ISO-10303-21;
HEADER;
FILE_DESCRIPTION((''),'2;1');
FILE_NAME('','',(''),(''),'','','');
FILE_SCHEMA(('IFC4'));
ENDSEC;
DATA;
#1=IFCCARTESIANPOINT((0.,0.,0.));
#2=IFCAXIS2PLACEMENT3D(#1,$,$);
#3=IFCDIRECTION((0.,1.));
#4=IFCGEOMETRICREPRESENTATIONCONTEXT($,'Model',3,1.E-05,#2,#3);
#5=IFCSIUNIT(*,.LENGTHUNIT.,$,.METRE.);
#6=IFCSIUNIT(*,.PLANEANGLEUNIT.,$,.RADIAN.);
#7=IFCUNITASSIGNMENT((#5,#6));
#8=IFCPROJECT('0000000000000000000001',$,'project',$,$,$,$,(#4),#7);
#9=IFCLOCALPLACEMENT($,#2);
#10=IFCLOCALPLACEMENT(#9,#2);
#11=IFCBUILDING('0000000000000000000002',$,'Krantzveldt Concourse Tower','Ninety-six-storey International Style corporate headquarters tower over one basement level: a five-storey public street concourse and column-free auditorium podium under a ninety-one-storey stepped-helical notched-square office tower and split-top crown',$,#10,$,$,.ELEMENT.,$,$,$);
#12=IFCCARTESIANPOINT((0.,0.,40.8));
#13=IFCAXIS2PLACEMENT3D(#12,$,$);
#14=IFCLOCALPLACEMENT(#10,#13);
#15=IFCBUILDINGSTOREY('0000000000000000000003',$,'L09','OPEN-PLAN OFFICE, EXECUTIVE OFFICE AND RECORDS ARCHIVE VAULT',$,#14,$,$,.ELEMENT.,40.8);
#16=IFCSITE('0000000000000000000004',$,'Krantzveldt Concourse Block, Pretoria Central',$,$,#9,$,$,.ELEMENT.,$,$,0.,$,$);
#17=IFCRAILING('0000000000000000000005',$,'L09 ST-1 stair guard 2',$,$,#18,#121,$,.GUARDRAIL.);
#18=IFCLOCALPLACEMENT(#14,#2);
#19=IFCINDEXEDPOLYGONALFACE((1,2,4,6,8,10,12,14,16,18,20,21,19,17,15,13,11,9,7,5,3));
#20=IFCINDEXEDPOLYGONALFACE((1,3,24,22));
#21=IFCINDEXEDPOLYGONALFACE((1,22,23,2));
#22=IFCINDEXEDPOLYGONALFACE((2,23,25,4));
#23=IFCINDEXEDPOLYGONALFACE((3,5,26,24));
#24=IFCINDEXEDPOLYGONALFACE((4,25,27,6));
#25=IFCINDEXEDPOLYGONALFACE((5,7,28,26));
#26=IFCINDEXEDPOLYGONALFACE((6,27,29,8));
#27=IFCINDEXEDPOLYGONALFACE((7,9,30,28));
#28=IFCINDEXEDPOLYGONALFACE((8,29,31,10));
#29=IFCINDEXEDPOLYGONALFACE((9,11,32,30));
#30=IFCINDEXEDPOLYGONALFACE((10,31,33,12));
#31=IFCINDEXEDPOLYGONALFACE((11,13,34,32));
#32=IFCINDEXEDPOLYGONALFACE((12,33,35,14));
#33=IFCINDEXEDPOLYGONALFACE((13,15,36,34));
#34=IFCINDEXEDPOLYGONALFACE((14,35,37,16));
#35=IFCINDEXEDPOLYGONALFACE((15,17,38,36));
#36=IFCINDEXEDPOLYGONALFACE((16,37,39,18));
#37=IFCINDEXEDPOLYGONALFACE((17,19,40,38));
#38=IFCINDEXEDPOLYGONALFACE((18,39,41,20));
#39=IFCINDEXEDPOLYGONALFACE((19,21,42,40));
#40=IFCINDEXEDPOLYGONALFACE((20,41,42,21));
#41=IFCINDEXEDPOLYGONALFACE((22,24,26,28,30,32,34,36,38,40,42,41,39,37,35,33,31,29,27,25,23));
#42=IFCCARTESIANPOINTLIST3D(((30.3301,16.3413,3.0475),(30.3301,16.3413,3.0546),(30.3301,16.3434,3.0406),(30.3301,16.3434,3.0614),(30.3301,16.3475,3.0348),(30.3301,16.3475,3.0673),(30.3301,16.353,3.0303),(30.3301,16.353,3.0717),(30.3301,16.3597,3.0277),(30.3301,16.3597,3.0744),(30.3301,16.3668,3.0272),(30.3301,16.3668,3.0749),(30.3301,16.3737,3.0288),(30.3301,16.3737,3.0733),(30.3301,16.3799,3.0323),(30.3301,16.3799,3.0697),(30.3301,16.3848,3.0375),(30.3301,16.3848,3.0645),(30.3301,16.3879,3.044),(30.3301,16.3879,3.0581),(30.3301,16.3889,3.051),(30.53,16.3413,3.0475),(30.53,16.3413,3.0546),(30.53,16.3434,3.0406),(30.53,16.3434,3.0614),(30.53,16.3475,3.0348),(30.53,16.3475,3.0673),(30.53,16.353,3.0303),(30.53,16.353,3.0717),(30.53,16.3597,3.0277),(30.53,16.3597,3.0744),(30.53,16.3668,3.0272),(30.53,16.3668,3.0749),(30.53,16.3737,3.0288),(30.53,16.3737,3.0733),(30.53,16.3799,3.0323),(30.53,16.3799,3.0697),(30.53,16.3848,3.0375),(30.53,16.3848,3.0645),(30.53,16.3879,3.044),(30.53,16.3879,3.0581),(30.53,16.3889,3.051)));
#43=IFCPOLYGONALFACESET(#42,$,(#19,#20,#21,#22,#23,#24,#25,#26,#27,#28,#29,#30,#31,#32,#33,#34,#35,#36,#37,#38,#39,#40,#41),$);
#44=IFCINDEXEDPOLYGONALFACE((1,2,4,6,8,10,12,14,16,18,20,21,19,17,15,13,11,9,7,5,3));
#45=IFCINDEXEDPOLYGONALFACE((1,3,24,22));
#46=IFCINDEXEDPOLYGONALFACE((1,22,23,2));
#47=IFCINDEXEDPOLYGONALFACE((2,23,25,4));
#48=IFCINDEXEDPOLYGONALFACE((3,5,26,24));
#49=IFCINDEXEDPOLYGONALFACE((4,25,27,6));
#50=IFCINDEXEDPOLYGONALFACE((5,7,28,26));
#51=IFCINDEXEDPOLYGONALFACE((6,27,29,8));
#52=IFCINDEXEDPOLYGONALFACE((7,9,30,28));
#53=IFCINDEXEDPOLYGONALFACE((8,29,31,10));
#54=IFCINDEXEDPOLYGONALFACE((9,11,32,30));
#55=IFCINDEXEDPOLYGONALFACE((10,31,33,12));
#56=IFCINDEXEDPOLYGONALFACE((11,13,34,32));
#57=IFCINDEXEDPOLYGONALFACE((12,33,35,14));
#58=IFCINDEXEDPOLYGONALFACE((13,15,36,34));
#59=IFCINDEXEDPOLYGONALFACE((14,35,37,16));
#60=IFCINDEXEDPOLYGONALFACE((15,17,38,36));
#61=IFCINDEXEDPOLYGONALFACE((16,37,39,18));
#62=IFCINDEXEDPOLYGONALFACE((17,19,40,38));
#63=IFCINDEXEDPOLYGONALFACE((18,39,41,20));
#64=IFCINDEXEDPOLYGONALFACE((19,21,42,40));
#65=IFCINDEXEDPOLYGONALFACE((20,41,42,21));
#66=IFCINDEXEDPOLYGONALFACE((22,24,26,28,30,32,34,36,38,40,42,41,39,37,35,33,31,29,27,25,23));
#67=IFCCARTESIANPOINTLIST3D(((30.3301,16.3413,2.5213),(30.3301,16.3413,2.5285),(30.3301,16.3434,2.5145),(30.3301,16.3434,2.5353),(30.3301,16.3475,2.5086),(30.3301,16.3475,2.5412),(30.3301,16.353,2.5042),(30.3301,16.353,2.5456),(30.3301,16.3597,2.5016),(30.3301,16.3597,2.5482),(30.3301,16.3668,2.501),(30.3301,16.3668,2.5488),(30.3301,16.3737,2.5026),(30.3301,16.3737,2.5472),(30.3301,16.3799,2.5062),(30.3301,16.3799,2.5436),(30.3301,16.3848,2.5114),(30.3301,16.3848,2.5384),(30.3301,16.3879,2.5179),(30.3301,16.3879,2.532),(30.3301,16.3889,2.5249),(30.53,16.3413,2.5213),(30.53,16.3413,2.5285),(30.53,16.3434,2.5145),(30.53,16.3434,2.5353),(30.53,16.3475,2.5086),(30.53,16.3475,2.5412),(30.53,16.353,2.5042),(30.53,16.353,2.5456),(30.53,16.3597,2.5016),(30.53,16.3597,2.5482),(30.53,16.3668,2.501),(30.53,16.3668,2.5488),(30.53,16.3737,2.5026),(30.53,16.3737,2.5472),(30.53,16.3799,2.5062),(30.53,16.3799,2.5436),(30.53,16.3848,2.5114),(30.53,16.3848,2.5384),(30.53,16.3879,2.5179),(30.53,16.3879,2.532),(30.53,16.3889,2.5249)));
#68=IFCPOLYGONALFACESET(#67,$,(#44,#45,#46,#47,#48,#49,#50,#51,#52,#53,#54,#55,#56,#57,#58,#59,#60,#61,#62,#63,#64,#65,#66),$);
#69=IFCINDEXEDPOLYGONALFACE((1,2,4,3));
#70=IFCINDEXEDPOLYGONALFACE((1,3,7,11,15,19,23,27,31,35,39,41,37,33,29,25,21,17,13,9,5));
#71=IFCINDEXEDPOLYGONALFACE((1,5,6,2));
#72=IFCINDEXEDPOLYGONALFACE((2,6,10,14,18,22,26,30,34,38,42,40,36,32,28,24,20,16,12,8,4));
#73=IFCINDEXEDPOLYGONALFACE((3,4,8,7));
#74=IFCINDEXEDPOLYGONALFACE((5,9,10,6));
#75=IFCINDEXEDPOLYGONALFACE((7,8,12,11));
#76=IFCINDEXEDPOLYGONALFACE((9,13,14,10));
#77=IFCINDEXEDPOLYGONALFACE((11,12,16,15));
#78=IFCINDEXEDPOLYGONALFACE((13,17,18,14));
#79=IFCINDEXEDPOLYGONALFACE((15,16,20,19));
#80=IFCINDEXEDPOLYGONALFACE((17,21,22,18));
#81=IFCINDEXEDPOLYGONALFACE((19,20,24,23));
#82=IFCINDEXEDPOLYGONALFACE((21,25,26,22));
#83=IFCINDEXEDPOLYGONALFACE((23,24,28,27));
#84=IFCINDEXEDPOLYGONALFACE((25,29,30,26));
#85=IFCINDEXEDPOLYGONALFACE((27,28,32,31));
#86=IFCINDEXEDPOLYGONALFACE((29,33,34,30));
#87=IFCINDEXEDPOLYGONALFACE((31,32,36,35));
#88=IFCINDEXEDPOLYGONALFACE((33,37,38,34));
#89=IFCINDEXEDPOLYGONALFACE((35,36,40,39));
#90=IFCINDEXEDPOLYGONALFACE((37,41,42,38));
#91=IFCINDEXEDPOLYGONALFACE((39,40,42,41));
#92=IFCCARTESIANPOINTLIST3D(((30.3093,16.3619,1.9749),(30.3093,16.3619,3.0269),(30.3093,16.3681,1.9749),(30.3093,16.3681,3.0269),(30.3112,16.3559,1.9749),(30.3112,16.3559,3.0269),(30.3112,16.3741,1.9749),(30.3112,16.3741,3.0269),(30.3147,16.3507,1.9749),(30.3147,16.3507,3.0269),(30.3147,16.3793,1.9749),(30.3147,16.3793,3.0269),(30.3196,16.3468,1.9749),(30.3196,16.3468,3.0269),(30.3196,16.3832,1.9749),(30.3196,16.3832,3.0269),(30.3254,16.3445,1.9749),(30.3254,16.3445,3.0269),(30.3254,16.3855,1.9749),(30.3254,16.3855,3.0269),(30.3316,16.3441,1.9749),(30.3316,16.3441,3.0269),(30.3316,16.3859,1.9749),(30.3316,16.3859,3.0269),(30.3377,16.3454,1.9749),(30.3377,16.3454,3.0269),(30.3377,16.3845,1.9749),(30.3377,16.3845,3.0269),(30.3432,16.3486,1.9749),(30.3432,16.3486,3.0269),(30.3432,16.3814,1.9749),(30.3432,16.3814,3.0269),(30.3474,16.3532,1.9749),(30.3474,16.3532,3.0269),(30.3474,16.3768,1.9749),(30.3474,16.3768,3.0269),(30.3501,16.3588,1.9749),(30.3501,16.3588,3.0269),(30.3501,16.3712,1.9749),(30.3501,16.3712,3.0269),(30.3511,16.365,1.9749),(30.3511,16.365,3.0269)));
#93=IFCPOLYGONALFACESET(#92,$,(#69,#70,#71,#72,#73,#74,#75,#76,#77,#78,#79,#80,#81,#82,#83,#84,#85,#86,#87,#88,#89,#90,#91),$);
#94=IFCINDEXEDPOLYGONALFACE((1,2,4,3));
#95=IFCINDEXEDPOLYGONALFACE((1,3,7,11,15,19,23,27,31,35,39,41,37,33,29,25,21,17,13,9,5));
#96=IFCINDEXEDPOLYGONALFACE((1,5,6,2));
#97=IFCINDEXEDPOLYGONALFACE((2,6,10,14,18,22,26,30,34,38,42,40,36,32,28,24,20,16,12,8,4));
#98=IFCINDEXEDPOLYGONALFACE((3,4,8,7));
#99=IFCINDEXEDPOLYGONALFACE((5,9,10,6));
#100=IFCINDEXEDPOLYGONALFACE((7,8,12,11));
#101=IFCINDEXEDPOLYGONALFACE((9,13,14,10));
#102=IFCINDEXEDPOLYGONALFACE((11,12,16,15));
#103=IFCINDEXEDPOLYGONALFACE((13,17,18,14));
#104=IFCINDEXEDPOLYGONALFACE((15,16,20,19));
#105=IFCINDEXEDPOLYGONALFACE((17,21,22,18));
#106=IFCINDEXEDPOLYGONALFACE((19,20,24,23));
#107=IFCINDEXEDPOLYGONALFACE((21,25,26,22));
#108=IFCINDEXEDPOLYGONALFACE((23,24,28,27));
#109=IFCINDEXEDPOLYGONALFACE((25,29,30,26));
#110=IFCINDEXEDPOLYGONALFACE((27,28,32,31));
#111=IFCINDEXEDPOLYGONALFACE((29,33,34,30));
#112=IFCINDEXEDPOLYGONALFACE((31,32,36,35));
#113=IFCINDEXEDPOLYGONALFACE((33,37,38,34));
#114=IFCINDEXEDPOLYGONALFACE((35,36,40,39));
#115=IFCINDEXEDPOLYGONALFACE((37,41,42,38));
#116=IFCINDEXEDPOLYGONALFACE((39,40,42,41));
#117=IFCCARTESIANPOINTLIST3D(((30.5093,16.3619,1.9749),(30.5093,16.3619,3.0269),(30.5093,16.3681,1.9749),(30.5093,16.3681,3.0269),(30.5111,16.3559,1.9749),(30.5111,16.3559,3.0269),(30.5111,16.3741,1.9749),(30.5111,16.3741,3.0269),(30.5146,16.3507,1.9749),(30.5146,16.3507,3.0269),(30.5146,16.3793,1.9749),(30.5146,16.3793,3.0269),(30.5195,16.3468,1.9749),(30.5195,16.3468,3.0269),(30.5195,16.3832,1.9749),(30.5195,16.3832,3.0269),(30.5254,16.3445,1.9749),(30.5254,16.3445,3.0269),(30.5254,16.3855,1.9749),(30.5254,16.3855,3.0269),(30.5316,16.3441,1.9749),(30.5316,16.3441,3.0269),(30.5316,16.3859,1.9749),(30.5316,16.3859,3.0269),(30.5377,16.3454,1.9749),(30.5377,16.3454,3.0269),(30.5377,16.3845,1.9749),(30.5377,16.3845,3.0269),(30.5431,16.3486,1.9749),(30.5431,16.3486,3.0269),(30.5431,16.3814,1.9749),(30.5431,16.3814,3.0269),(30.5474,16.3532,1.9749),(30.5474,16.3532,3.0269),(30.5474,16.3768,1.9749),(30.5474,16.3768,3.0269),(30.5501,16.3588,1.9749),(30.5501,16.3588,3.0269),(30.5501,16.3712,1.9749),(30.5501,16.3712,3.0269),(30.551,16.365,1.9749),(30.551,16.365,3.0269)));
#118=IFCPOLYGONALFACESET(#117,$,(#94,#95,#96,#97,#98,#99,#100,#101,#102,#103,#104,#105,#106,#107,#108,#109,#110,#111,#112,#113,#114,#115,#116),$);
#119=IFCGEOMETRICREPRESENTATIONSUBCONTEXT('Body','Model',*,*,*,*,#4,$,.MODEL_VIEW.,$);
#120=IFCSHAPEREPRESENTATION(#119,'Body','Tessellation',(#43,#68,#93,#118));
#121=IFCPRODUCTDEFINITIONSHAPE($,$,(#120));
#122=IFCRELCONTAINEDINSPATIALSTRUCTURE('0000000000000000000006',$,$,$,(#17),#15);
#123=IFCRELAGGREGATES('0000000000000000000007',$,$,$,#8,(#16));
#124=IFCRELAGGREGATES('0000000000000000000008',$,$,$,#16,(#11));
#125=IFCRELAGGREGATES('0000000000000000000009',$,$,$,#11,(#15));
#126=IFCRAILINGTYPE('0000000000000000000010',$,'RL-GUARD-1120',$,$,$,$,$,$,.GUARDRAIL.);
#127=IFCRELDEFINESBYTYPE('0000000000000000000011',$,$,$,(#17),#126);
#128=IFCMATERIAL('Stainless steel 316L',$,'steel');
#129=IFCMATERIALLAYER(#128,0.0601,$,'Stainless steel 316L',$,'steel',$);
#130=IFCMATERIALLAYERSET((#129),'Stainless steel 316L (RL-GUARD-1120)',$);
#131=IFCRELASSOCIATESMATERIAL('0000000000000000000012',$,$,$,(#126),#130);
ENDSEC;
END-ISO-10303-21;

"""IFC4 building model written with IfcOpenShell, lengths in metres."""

from ifc_helpers import new_model, si_unit, direction, frame, origin, origin_2d, place, context, subcontext, project, spatial, circle, extrude, material, layer, layer_set, type_object, element, save


model = new_model("IFC4")

# Units and contexts
model_context = context("Model", 3, precision=1e-05, world=origin(), true_north=direction((0.0, 1.0)))
body_context = subcontext(model_context, "Body", "Model", "MODEL_VIEW")
ifc_project = project(units=[si_unit("LENGTHUNIT", "METRE"), si_unit("PLANEANGLEUNIT", "RADIAN")], contexts=[model_context])

# Site, building, storey
site_placement = place(None, origin())
site = spatial("IfcSite", under=ifc_project, at=site_placement, Name="Krantzveldt Concourse Block, Pretoria Central", CompositionType="ELEMENT", RefElevation=0.0)
building_placement = place(site_placement, origin())
building = spatial("IfcBuilding", under=site, at=building_placement, Name="Krantzveldt Concourse Tower", Description="Ninety-six-storey International Style corporate headquarters tower over one basement level: a five-storey public street concourse and column-free auditorium podium under a ninety-one-storey stepped-helical notched-square office tower and split-top crown", CompositionType="ELEMENT")
storey_placement = place(building_placement, frame((0.0, 0.0, 40.8)))
storey = spatial("IfcBuildingStorey", under=building, at=storey_placement, Name="L09", Description="OPEN-PLAN OFFICE, EXECUTIVE OFFICE AND RECORDS ARCHIVE VAULT", CompositionType="ELEMENT", Elevation=40.8)

# Railing
ifc_material_1 = material(Name="Stainless steel 316L", Category="steel")
ifc_layer_1 = layer(ifc_material_1, 0.0601, Name="Stainless steel 316L", Category="steel")
ifc_layer_set_1 = layer_set([ifc_layer_1], Name="Stainless steel 316L (RL-GUARD-1120)")
railing_type_1 = type_object("IfcRailingType", Name="RL-GUARD-1120", PredefinedType="GUARDRAIL", material=ifc_layer_set_1)
railing_1_placement = place(storey_placement, frame((30.3301, 16.365, 1.9749)))
element("IfcRailing", 1, at=railing_1_placement, inside=storey, type_object=railing_type_1, Name="L09 ST-1 stair guard 2", PredefinedType="GUARDRAIL", context=body_context, shape_type="SweptSolid", body=[
    extrude(circle(Radius=0.0239, at=origin_2d()), frame((0.0, 0.0, 1.0762), z_axis=(1.0, 0.0, 0.0), x_axis=(0.0, 1.0, 0.0)), (0.0, 0.0, 1.0), 0.2),
    extrude(circle(Radius=0.0239, at=origin_2d()), frame((0.0, 0.0, 0.55), z_axis=(1.0, 0.0, 0.0), x_axis=(0.0, 1.0, 0.0)), (0.0, 0.0, 1.0), 0.2),
    extrude(circle(Radius=0.021, at=origin_2d()), origin(), (0.0, 0.0, 1.0), 1.052),
    extrude(circle(Radius=0.021, at=origin_2d()), frame((0.2, 0.0, 0.0)), (0.0, 0.0, 1.0), 1.052),
])

save(model, "model.ifc")
